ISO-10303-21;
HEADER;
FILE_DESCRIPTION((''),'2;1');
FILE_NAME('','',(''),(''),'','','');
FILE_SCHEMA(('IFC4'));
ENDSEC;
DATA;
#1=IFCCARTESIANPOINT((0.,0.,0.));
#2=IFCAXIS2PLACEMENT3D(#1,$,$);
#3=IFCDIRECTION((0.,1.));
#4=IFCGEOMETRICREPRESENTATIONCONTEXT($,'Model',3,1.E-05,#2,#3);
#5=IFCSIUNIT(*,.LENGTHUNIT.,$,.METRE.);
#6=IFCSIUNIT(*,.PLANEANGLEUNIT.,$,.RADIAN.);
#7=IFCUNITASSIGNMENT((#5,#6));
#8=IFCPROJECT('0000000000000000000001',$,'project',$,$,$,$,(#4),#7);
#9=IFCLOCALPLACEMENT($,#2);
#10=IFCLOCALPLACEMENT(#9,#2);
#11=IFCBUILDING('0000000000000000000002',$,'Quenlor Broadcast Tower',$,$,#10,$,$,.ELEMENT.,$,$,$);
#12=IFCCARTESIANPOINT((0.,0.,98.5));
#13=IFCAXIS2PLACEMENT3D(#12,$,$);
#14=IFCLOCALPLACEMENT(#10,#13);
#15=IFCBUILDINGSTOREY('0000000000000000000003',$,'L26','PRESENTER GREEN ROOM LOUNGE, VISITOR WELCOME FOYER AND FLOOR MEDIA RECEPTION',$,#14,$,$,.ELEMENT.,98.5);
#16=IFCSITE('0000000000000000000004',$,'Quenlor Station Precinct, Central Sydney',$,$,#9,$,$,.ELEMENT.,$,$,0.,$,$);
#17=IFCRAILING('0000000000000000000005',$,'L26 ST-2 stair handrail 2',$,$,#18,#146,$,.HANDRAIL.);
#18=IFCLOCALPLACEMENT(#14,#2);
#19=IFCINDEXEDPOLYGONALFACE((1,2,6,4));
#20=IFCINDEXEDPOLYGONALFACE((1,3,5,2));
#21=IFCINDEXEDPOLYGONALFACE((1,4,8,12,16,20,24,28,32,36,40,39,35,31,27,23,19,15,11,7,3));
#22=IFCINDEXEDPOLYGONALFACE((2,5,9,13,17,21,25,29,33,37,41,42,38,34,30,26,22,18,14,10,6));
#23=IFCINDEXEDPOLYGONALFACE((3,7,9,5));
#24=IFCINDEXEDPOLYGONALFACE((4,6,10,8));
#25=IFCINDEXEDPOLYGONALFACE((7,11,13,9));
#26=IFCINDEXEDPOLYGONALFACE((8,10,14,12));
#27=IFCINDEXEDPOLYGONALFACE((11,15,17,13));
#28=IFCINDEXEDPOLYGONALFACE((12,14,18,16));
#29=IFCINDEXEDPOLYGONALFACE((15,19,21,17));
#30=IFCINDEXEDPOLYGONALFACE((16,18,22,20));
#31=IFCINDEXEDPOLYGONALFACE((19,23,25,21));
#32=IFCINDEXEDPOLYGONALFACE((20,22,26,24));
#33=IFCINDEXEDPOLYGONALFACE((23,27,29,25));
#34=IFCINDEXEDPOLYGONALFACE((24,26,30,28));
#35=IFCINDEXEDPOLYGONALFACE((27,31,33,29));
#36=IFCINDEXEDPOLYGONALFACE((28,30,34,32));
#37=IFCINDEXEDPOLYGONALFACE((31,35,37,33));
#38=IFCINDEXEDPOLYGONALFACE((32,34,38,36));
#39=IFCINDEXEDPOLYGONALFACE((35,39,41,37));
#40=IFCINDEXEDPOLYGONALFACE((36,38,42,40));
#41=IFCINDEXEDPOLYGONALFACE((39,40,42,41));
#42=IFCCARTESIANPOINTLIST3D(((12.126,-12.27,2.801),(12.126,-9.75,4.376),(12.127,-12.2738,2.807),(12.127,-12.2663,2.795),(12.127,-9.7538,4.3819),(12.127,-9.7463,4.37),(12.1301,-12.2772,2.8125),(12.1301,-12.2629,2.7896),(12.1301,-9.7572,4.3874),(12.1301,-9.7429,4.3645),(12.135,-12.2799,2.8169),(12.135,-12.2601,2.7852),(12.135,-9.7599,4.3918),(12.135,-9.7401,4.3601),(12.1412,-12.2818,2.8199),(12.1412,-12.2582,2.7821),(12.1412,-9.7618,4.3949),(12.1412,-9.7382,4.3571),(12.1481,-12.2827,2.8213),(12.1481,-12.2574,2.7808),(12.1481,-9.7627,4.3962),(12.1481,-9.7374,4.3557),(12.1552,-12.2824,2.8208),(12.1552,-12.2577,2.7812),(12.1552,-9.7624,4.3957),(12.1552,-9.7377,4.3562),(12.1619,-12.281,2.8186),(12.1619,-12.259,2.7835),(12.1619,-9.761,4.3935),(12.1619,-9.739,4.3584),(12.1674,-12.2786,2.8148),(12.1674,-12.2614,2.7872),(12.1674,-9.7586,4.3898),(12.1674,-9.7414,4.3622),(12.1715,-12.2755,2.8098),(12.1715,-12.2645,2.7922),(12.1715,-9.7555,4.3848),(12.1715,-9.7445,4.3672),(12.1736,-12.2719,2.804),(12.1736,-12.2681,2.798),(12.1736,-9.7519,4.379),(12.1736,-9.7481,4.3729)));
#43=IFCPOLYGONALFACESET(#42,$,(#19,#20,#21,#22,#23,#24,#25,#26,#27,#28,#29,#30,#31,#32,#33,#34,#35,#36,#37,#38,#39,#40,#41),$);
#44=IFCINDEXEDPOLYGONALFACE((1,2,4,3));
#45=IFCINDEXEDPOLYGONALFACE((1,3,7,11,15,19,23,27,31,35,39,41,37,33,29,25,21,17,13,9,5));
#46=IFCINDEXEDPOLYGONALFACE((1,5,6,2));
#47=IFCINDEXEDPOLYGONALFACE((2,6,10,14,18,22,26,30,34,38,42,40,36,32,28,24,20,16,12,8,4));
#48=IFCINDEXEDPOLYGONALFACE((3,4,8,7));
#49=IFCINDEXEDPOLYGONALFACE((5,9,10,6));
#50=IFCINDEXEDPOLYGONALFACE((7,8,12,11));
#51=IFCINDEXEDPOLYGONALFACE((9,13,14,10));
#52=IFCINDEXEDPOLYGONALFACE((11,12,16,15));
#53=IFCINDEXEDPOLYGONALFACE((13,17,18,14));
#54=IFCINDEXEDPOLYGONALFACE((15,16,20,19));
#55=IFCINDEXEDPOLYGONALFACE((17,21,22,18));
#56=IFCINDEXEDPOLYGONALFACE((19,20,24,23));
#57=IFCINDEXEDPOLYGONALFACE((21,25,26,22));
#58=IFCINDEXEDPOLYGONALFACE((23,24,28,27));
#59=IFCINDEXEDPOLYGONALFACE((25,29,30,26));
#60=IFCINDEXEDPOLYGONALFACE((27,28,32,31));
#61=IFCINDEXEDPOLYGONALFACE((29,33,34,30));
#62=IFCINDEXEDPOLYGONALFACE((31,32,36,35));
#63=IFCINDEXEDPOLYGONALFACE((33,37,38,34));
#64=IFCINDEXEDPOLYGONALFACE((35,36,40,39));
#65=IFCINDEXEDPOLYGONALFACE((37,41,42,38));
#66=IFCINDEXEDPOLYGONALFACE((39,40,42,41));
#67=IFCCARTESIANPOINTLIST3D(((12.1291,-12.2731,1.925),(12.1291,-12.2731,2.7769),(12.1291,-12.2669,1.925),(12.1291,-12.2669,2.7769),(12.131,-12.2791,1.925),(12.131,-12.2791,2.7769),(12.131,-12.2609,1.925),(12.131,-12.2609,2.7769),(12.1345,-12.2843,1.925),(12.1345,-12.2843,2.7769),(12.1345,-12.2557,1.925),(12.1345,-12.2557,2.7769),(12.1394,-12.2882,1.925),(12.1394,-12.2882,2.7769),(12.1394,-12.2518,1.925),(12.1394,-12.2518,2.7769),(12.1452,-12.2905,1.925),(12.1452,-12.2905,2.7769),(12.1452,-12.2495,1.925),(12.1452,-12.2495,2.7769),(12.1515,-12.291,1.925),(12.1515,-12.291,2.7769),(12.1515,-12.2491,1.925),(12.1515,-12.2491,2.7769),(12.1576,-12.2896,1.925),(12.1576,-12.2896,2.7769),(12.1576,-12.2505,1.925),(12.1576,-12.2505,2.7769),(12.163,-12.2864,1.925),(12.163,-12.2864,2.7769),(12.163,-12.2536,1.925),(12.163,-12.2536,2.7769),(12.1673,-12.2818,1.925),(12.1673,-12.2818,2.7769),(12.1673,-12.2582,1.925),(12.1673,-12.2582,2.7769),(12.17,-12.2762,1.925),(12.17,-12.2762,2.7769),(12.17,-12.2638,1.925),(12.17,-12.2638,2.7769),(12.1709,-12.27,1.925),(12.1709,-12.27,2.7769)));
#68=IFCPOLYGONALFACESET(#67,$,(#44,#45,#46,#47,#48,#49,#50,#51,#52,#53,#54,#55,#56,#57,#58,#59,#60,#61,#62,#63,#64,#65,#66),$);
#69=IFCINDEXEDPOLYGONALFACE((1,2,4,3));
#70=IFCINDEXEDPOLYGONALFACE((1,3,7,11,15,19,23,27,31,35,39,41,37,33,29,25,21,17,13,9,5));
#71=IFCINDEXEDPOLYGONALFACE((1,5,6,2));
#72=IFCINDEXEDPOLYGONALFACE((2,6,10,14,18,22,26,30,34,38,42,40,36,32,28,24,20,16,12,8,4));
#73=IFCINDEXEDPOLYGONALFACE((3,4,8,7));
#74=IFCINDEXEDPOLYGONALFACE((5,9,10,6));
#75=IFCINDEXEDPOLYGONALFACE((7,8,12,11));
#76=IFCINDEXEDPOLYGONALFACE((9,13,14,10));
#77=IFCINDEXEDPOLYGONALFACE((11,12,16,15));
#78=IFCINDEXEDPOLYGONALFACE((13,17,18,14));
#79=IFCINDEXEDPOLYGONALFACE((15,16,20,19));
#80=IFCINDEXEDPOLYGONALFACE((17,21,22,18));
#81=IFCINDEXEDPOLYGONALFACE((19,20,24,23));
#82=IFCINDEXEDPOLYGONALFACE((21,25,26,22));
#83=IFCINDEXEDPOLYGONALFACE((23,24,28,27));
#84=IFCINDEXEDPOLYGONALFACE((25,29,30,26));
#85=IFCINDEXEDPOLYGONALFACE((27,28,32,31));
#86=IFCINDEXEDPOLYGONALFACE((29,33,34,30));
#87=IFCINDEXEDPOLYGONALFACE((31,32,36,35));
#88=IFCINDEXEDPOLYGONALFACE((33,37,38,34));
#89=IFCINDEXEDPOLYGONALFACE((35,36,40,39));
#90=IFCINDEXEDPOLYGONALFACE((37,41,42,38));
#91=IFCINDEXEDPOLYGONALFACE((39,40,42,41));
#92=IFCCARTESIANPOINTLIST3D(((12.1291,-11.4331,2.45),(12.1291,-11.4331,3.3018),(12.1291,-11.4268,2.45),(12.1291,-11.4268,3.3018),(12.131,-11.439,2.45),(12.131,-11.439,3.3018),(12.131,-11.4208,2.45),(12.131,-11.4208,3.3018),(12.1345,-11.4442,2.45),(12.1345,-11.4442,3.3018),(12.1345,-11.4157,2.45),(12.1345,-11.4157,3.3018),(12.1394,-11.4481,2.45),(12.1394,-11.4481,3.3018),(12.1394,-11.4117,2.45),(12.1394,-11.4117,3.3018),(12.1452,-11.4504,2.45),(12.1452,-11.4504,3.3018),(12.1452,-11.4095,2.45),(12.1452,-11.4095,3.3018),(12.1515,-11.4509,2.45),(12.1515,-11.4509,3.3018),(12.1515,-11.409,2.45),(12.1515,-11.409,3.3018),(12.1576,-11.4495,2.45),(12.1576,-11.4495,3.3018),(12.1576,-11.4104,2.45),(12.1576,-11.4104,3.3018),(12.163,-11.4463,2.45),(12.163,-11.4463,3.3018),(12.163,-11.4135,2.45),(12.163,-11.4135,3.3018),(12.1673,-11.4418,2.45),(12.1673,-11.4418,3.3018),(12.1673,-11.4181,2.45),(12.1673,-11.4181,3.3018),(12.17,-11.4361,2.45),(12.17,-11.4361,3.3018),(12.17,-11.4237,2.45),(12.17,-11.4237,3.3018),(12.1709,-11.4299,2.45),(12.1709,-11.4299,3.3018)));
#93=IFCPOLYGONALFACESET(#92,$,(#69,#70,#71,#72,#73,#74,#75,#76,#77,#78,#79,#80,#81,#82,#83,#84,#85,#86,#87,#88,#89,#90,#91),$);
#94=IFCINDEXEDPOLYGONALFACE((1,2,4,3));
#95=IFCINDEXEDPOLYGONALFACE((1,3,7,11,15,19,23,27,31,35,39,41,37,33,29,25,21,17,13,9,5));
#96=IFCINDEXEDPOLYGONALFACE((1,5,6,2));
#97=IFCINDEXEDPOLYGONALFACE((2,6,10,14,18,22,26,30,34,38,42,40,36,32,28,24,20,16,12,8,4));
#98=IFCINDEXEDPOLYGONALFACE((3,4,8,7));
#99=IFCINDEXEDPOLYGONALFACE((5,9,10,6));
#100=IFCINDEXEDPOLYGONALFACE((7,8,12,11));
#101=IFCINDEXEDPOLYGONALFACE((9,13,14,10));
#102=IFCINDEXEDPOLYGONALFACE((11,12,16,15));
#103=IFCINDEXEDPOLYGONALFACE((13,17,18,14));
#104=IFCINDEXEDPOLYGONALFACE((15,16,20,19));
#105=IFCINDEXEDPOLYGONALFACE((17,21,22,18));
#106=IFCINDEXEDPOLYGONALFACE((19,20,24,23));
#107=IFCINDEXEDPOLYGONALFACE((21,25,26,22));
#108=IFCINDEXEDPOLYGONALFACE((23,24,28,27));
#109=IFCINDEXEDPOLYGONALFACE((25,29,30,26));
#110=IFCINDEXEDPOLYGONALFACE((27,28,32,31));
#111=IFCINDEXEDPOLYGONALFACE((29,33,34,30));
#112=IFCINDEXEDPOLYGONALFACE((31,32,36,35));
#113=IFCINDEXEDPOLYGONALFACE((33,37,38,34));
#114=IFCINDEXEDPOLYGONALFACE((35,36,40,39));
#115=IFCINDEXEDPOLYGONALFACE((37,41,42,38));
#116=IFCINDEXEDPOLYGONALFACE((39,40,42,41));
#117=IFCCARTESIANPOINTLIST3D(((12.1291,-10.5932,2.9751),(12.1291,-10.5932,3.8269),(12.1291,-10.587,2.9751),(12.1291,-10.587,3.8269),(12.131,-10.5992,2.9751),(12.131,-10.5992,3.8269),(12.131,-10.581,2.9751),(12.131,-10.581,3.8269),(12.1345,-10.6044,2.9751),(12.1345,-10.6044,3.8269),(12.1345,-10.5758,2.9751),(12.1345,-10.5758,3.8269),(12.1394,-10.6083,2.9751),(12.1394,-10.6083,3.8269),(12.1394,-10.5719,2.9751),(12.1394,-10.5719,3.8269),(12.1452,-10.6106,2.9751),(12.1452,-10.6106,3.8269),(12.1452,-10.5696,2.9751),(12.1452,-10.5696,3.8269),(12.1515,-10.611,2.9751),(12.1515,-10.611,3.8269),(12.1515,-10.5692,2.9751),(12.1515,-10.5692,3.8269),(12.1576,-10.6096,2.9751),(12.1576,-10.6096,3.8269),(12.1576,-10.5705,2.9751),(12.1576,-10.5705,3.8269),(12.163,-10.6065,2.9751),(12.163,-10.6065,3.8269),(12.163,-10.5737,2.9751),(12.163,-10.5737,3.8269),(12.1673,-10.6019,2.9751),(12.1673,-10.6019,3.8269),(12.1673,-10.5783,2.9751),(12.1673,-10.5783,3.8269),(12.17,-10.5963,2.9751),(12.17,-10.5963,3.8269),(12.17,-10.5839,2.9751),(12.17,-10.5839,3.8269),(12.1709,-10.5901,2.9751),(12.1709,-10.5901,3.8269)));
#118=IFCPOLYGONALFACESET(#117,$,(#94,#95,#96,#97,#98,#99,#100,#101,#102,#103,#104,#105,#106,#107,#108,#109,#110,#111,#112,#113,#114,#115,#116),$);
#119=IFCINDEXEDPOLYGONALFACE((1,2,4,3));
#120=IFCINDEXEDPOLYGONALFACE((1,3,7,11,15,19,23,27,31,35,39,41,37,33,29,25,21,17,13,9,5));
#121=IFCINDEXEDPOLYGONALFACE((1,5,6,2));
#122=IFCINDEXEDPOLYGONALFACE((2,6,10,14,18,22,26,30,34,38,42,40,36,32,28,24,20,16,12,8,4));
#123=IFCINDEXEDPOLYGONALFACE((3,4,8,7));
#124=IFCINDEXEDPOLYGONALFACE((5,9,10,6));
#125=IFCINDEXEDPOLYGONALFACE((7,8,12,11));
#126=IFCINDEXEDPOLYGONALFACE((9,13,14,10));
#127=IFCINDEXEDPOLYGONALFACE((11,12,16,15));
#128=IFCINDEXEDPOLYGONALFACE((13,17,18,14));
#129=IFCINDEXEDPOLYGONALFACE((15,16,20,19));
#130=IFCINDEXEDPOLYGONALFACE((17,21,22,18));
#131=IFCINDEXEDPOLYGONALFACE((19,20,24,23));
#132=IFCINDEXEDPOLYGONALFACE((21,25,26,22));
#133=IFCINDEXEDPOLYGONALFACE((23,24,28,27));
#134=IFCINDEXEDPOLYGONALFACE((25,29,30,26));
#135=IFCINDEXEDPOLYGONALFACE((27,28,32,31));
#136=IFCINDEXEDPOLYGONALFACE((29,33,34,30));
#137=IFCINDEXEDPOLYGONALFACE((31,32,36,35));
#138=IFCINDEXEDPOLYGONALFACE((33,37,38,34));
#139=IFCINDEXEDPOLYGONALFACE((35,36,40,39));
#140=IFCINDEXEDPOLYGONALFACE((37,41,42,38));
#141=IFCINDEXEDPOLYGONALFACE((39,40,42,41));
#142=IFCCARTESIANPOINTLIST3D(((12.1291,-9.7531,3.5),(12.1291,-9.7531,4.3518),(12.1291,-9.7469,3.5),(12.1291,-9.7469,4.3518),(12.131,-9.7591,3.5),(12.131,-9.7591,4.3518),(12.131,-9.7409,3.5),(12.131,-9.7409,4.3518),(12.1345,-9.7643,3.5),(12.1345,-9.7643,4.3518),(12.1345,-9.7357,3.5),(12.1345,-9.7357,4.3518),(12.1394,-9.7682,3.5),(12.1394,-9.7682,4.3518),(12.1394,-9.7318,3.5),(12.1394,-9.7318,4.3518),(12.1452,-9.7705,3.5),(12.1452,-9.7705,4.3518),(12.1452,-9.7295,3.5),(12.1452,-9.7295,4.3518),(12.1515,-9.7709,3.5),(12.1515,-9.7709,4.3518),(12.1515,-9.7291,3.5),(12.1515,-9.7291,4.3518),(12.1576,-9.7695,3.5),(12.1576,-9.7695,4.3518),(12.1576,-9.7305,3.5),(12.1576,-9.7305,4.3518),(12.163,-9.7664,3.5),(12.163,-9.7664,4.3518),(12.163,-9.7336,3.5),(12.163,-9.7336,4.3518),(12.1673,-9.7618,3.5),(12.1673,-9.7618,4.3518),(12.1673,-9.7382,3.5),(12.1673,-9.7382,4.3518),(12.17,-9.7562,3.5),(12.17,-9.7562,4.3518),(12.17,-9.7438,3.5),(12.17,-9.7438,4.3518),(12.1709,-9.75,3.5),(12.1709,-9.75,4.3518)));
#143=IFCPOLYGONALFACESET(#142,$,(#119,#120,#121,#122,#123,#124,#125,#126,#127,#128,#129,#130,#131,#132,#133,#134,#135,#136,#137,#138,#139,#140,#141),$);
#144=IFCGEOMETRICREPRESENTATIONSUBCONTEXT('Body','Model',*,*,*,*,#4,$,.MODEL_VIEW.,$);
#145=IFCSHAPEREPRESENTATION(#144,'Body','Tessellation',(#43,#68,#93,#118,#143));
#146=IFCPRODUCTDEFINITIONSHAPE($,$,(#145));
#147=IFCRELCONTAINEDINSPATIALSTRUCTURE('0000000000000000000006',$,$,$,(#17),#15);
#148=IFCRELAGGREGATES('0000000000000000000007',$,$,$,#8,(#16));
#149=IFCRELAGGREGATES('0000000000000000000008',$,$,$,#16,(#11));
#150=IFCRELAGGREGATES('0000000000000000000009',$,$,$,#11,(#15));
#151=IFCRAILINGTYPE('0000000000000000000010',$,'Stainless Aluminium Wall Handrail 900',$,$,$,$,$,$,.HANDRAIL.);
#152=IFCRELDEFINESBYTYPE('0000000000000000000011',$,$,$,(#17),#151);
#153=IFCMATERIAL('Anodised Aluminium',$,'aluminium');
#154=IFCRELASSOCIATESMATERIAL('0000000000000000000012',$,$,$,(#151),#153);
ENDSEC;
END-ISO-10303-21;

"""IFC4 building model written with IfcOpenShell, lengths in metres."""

from ifc_helpers import new_model, si_unit, direction, frame, origin, origin_2d, place, context, subcontext, project, spatial, circle, extrude, material, type_object, element, save


model = new_model("IFC4")

# Units and contexts
model_context = context("Model", 3, precision=1e-05, world=origin(), true_north=direction((0.0, 1.0)))
body_context = subcontext(model_context, "Body", "Model", "MODEL_VIEW")
ifc_project = project(units=[si_unit("LENGTHUNIT", "METRE"), si_unit("PLANEANGLEUNIT", "RADIAN")], contexts=[model_context])

# Site, building, storey
site_placement = place(None, origin())
site = spatial("IfcSite", under=ifc_project, at=site_placement, Name="Quenlor Station Precinct, Central Sydney", CompositionType="ELEMENT", RefElevation=0.0)
building_placement = place(site_placement, origin())
building = spatial("IfcBuilding", under=site, at=building_placement, Name="Quenlor Broadcast Tower", CompositionType="ELEMENT")
storey_placement = place(building_placement, frame((0.0, 0.0, 98.5)))
storey = spatial("IfcBuildingStorey", under=building, at=storey_placement, Name="L26", Description="PRESENTER GREEN ROOM LOUNGE, VISITOR WELCOME FOYER AND FLOOR MEDIA RECEPTION", CompositionType="ELEMENT", Elevation=98.5)

# Railing
ifc_material_1 = material(Name="Anodised Aluminium", Category="aluminium")
railing_type_1 = type_object("IfcRailingType", Name="Stainless Aluminium Wall Handrail 900", PredefinedType="HANDRAIL", material=ifc_material_1)
railing_1_placement = place(storey_placement, frame((12.1499, -12.27, 1.925)))
element("IfcRailing", 1, at=railing_1_placement, inside=storey, type_object=railing_type_1, Name="L26 ST-2 stair handrail 2", PredefinedType="HANDRAIL", context=body_context, shape_type="SweptSolid", body=[
    extrude(circle(Radius=0.0239, at=origin_2d()), frame((0.0, 0.0, 0.876), z_axis=(0.0, 0.848008, 0.529984), x_axis=(-1.0, 0.0, 0.0)), (0.0, 0.0, 1.0), 2.9717),
    extrude(circle(Radius=0.021, at=origin_2d()), origin(), (0.0, 0.0, 1.0), 0.8518),
    extrude(circle(Radius=0.021, at=origin_2d()), frame((0.0, 0.8401, 0.5249)), (0.0, 0.0, 1.0), 0.8518),
    extrude(circle(Radius=0.021, at=origin_2d()), frame((0.0, 1.6799, 1.05)), (0.0, 0.0, 1.0), 0.8518),
    extrude(circle(Radius=0.021, at=origin_2d()), frame((0.0, 2.52, 1.575)), (0.0, 0.0, 1.0), 0.8518),
])

save(model, "model.ifc")
